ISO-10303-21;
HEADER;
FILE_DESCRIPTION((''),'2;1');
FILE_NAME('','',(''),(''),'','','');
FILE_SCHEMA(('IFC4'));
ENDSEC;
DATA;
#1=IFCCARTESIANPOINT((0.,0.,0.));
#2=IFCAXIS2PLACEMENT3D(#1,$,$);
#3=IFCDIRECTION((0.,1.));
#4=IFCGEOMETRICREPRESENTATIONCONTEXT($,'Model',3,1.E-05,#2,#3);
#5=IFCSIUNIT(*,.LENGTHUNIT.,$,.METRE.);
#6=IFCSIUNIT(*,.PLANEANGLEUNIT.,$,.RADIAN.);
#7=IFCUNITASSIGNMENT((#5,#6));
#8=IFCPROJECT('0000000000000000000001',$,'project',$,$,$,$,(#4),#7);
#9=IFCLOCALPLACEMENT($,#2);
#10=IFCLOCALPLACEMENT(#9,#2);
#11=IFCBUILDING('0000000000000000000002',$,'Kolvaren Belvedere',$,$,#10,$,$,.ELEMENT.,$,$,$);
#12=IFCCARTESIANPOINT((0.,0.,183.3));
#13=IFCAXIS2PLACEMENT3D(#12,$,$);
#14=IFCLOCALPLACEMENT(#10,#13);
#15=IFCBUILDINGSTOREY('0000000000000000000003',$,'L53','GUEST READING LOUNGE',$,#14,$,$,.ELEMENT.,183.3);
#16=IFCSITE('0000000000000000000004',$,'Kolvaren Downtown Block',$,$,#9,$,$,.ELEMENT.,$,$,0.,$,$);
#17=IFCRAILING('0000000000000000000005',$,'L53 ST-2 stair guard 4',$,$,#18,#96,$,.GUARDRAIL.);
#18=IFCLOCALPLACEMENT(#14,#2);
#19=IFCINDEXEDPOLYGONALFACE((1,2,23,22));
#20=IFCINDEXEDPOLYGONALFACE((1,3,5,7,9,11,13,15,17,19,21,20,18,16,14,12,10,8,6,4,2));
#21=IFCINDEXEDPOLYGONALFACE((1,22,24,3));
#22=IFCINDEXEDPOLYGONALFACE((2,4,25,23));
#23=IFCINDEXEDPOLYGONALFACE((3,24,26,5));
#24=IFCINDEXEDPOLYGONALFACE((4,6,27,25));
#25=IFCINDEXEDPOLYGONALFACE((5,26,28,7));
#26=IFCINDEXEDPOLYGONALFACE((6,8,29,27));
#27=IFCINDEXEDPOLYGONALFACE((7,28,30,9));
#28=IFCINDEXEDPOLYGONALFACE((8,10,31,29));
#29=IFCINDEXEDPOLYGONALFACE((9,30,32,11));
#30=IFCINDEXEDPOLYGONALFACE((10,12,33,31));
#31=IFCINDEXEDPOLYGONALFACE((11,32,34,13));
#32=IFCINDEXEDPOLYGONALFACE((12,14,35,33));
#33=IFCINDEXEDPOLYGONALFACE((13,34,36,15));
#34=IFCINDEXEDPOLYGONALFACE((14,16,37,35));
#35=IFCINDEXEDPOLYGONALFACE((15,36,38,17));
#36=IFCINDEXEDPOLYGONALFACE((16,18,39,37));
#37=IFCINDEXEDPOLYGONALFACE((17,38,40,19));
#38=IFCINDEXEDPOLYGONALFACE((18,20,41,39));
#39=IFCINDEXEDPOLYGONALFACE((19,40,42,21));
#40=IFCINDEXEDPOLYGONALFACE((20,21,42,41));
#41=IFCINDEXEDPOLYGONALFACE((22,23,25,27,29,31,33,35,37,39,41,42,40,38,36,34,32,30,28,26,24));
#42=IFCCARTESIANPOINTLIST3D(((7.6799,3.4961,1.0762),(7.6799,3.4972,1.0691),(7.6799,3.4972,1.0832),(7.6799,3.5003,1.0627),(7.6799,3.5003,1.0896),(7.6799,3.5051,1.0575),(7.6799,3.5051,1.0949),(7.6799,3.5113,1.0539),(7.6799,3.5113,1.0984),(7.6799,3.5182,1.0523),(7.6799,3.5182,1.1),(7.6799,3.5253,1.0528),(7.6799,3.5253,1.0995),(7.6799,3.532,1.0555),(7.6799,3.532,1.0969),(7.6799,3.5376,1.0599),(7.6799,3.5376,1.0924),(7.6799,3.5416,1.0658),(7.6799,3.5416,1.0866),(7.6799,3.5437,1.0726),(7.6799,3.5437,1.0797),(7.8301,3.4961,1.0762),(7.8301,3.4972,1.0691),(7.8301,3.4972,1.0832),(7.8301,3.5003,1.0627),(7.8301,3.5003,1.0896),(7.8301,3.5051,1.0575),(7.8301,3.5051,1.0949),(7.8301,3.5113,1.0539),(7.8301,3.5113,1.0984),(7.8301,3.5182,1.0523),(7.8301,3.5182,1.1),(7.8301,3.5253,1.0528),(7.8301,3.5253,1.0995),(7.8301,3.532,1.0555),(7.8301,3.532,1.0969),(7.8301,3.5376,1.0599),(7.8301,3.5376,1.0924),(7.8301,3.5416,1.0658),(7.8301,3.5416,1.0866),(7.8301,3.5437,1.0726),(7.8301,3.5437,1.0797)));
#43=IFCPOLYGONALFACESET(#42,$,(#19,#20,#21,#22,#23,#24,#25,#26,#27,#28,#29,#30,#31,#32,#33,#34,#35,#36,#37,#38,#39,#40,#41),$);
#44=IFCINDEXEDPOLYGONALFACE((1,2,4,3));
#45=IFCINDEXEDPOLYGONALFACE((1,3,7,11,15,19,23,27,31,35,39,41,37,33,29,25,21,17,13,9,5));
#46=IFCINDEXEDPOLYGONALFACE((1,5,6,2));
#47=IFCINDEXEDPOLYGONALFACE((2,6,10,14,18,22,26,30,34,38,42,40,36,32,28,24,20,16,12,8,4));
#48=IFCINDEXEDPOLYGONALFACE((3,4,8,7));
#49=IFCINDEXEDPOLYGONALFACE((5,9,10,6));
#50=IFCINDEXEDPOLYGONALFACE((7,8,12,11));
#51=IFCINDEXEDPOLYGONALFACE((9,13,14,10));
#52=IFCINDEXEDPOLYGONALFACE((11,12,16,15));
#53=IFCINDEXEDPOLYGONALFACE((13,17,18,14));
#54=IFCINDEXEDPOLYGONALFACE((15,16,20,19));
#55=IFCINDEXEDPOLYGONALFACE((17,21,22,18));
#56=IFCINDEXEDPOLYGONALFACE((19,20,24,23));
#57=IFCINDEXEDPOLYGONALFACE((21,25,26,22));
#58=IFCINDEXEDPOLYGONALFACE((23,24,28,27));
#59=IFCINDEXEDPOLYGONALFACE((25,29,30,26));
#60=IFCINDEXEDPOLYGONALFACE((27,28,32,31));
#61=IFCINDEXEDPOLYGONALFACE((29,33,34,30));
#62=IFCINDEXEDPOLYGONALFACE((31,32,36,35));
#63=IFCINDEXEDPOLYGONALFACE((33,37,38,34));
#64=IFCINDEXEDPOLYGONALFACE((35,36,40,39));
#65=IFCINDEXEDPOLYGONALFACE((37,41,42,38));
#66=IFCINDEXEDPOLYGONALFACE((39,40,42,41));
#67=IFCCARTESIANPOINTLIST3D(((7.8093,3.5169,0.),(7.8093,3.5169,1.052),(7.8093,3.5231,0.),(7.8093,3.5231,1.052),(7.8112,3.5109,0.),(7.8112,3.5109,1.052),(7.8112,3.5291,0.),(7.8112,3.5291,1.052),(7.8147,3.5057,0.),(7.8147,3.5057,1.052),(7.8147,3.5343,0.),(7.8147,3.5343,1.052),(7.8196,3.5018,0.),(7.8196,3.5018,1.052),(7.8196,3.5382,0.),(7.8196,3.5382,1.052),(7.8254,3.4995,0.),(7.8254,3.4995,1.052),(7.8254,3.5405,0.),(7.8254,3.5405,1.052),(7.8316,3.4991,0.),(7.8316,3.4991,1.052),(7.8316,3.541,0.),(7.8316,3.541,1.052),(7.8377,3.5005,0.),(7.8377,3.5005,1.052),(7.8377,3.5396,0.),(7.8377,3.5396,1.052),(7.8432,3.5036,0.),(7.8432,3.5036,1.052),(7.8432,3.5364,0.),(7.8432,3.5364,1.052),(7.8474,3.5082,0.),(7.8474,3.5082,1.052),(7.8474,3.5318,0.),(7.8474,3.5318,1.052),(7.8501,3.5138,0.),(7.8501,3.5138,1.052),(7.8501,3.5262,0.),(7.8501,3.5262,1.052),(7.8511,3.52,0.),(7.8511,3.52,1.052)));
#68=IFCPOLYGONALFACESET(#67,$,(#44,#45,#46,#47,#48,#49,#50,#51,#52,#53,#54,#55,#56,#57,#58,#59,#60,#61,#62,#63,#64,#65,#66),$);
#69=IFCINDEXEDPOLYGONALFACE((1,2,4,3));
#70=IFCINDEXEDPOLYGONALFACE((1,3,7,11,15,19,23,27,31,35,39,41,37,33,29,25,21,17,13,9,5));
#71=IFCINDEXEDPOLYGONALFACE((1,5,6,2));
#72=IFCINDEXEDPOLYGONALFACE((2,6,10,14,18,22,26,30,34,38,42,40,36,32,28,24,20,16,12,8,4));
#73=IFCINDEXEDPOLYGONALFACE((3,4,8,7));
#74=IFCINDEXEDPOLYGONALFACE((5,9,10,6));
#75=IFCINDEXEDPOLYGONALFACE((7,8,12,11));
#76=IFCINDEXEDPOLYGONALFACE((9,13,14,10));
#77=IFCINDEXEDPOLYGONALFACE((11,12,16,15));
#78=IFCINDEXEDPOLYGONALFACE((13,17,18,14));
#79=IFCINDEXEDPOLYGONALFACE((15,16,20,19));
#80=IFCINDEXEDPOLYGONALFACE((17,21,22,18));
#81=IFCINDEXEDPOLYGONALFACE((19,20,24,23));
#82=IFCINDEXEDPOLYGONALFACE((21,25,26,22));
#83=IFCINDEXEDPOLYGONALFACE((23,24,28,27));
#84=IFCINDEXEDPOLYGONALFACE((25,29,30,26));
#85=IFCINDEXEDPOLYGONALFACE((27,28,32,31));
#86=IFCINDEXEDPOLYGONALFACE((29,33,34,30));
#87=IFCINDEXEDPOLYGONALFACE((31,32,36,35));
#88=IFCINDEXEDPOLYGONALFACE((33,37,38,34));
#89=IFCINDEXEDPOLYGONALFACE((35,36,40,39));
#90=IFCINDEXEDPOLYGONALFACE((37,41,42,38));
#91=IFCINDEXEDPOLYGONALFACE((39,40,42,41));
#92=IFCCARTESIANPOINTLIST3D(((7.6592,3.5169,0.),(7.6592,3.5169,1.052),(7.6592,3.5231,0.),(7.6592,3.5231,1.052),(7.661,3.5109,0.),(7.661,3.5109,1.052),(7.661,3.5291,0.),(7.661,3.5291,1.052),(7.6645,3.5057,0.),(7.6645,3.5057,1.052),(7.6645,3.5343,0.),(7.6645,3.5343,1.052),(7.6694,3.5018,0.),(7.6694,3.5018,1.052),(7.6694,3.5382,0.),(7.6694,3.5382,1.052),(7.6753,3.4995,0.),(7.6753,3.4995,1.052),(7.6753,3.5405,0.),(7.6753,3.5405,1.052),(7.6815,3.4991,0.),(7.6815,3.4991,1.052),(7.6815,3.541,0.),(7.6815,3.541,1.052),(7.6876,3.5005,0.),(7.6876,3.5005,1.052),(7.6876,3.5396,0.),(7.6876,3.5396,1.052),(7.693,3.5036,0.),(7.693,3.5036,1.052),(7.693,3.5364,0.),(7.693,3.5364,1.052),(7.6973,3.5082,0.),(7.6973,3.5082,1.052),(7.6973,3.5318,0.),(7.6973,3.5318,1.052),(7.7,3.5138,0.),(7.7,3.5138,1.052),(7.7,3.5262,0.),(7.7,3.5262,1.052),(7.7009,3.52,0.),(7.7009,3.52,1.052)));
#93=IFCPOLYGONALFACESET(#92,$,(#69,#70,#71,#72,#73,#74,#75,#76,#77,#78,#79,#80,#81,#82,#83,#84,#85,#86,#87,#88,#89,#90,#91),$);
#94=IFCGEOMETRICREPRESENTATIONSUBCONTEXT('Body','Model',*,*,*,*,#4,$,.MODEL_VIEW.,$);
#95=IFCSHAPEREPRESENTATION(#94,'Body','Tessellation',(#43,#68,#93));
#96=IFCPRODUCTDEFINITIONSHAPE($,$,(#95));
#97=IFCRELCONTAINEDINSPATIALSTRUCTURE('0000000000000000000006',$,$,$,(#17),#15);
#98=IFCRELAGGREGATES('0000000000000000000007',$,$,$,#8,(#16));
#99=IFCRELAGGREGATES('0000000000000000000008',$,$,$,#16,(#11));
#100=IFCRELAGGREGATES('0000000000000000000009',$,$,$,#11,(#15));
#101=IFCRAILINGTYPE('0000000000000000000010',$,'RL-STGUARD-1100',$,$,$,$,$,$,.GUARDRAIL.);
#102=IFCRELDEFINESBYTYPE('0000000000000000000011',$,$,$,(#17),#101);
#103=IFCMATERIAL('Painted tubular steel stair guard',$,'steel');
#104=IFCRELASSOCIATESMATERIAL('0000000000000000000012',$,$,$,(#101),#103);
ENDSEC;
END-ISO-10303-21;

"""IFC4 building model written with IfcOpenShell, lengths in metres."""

from ifc_helpers import new_model, si_unit, direction, frame, origin, origin_2d, place, context, subcontext, project, spatial, circle, extrude, material, type_object, element, save


model = new_model("IFC4")

# Units and contexts
model_context = context("Model", 3, precision=1e-05, world=origin(), true_north=direction((0.0, 1.0)))
body_context = subcontext(model_context, "Body", "Model", "MODEL_VIEW")
ifc_project = project(units=[si_unit("LENGTHUNIT", "METRE"), si_unit("PLANEANGLEUNIT", "RADIAN")], contexts=[model_context])

# Site, building, storey
site_placement = place(None, origin())
site = spatial("IfcSite", under=ifc_project, at=site_placement, Name="Kolvaren Downtown Block", CompositionType="ELEMENT", RefElevation=0.0)
building_placement = place(site_placement, origin())
building = spatial("IfcBuilding", under=site, at=building_placement, Name="Kolvaren Belvedere", CompositionType="ELEMENT")
storey_placement = place(building_placement, frame((0.0, 0.0, 183.3)))
storey = spatial("IfcBuildingStorey", under=building, at=storey_placement, Name="L53", Description="GUEST READING LOUNGE", CompositionType="ELEMENT", Elevation=183.3)

# Railing
ifc_material_1 = material(Name="Painted tubular steel stair guard", Category="steel")
railing_type_1 = type_object("IfcRailingType", Name="RL-STGUARD-1100", PredefinedType="GUARDRAIL", material=ifc_material_1)
railing_1_placement = place(storey_placement, frame((7.8301, 3.52, 0.0)))
element("IfcRailing", 1, at=railing_1_placement, inside=storey, type_object=railing_type_1, Name="L53 ST-2 stair guard 4", PredefinedType="GUARDRAIL", context=body_context, shape_type="SweptSolid", body=[
    extrude(circle(Radius=0.0239, at=origin_2d()), frame((0.0, 0.0, 1.0762), z_axis=(-1.0, 0.0, 0.0), x_axis=(0.0, -1.0, 0.0)), (0.0, 0.0, 1.0), 0.1501),
    extrude(circle(Radius=0.021, at=origin_2d()), origin(), (0.0, 0.0, 1.0), 1.052),
    extrude(circle(Radius=0.021, at=origin_2d()), frame((-0.1501, 0.0, 0.0)), (0.0, 0.0, 1.0), 1.052),
])

save(model, "model.ifc")
